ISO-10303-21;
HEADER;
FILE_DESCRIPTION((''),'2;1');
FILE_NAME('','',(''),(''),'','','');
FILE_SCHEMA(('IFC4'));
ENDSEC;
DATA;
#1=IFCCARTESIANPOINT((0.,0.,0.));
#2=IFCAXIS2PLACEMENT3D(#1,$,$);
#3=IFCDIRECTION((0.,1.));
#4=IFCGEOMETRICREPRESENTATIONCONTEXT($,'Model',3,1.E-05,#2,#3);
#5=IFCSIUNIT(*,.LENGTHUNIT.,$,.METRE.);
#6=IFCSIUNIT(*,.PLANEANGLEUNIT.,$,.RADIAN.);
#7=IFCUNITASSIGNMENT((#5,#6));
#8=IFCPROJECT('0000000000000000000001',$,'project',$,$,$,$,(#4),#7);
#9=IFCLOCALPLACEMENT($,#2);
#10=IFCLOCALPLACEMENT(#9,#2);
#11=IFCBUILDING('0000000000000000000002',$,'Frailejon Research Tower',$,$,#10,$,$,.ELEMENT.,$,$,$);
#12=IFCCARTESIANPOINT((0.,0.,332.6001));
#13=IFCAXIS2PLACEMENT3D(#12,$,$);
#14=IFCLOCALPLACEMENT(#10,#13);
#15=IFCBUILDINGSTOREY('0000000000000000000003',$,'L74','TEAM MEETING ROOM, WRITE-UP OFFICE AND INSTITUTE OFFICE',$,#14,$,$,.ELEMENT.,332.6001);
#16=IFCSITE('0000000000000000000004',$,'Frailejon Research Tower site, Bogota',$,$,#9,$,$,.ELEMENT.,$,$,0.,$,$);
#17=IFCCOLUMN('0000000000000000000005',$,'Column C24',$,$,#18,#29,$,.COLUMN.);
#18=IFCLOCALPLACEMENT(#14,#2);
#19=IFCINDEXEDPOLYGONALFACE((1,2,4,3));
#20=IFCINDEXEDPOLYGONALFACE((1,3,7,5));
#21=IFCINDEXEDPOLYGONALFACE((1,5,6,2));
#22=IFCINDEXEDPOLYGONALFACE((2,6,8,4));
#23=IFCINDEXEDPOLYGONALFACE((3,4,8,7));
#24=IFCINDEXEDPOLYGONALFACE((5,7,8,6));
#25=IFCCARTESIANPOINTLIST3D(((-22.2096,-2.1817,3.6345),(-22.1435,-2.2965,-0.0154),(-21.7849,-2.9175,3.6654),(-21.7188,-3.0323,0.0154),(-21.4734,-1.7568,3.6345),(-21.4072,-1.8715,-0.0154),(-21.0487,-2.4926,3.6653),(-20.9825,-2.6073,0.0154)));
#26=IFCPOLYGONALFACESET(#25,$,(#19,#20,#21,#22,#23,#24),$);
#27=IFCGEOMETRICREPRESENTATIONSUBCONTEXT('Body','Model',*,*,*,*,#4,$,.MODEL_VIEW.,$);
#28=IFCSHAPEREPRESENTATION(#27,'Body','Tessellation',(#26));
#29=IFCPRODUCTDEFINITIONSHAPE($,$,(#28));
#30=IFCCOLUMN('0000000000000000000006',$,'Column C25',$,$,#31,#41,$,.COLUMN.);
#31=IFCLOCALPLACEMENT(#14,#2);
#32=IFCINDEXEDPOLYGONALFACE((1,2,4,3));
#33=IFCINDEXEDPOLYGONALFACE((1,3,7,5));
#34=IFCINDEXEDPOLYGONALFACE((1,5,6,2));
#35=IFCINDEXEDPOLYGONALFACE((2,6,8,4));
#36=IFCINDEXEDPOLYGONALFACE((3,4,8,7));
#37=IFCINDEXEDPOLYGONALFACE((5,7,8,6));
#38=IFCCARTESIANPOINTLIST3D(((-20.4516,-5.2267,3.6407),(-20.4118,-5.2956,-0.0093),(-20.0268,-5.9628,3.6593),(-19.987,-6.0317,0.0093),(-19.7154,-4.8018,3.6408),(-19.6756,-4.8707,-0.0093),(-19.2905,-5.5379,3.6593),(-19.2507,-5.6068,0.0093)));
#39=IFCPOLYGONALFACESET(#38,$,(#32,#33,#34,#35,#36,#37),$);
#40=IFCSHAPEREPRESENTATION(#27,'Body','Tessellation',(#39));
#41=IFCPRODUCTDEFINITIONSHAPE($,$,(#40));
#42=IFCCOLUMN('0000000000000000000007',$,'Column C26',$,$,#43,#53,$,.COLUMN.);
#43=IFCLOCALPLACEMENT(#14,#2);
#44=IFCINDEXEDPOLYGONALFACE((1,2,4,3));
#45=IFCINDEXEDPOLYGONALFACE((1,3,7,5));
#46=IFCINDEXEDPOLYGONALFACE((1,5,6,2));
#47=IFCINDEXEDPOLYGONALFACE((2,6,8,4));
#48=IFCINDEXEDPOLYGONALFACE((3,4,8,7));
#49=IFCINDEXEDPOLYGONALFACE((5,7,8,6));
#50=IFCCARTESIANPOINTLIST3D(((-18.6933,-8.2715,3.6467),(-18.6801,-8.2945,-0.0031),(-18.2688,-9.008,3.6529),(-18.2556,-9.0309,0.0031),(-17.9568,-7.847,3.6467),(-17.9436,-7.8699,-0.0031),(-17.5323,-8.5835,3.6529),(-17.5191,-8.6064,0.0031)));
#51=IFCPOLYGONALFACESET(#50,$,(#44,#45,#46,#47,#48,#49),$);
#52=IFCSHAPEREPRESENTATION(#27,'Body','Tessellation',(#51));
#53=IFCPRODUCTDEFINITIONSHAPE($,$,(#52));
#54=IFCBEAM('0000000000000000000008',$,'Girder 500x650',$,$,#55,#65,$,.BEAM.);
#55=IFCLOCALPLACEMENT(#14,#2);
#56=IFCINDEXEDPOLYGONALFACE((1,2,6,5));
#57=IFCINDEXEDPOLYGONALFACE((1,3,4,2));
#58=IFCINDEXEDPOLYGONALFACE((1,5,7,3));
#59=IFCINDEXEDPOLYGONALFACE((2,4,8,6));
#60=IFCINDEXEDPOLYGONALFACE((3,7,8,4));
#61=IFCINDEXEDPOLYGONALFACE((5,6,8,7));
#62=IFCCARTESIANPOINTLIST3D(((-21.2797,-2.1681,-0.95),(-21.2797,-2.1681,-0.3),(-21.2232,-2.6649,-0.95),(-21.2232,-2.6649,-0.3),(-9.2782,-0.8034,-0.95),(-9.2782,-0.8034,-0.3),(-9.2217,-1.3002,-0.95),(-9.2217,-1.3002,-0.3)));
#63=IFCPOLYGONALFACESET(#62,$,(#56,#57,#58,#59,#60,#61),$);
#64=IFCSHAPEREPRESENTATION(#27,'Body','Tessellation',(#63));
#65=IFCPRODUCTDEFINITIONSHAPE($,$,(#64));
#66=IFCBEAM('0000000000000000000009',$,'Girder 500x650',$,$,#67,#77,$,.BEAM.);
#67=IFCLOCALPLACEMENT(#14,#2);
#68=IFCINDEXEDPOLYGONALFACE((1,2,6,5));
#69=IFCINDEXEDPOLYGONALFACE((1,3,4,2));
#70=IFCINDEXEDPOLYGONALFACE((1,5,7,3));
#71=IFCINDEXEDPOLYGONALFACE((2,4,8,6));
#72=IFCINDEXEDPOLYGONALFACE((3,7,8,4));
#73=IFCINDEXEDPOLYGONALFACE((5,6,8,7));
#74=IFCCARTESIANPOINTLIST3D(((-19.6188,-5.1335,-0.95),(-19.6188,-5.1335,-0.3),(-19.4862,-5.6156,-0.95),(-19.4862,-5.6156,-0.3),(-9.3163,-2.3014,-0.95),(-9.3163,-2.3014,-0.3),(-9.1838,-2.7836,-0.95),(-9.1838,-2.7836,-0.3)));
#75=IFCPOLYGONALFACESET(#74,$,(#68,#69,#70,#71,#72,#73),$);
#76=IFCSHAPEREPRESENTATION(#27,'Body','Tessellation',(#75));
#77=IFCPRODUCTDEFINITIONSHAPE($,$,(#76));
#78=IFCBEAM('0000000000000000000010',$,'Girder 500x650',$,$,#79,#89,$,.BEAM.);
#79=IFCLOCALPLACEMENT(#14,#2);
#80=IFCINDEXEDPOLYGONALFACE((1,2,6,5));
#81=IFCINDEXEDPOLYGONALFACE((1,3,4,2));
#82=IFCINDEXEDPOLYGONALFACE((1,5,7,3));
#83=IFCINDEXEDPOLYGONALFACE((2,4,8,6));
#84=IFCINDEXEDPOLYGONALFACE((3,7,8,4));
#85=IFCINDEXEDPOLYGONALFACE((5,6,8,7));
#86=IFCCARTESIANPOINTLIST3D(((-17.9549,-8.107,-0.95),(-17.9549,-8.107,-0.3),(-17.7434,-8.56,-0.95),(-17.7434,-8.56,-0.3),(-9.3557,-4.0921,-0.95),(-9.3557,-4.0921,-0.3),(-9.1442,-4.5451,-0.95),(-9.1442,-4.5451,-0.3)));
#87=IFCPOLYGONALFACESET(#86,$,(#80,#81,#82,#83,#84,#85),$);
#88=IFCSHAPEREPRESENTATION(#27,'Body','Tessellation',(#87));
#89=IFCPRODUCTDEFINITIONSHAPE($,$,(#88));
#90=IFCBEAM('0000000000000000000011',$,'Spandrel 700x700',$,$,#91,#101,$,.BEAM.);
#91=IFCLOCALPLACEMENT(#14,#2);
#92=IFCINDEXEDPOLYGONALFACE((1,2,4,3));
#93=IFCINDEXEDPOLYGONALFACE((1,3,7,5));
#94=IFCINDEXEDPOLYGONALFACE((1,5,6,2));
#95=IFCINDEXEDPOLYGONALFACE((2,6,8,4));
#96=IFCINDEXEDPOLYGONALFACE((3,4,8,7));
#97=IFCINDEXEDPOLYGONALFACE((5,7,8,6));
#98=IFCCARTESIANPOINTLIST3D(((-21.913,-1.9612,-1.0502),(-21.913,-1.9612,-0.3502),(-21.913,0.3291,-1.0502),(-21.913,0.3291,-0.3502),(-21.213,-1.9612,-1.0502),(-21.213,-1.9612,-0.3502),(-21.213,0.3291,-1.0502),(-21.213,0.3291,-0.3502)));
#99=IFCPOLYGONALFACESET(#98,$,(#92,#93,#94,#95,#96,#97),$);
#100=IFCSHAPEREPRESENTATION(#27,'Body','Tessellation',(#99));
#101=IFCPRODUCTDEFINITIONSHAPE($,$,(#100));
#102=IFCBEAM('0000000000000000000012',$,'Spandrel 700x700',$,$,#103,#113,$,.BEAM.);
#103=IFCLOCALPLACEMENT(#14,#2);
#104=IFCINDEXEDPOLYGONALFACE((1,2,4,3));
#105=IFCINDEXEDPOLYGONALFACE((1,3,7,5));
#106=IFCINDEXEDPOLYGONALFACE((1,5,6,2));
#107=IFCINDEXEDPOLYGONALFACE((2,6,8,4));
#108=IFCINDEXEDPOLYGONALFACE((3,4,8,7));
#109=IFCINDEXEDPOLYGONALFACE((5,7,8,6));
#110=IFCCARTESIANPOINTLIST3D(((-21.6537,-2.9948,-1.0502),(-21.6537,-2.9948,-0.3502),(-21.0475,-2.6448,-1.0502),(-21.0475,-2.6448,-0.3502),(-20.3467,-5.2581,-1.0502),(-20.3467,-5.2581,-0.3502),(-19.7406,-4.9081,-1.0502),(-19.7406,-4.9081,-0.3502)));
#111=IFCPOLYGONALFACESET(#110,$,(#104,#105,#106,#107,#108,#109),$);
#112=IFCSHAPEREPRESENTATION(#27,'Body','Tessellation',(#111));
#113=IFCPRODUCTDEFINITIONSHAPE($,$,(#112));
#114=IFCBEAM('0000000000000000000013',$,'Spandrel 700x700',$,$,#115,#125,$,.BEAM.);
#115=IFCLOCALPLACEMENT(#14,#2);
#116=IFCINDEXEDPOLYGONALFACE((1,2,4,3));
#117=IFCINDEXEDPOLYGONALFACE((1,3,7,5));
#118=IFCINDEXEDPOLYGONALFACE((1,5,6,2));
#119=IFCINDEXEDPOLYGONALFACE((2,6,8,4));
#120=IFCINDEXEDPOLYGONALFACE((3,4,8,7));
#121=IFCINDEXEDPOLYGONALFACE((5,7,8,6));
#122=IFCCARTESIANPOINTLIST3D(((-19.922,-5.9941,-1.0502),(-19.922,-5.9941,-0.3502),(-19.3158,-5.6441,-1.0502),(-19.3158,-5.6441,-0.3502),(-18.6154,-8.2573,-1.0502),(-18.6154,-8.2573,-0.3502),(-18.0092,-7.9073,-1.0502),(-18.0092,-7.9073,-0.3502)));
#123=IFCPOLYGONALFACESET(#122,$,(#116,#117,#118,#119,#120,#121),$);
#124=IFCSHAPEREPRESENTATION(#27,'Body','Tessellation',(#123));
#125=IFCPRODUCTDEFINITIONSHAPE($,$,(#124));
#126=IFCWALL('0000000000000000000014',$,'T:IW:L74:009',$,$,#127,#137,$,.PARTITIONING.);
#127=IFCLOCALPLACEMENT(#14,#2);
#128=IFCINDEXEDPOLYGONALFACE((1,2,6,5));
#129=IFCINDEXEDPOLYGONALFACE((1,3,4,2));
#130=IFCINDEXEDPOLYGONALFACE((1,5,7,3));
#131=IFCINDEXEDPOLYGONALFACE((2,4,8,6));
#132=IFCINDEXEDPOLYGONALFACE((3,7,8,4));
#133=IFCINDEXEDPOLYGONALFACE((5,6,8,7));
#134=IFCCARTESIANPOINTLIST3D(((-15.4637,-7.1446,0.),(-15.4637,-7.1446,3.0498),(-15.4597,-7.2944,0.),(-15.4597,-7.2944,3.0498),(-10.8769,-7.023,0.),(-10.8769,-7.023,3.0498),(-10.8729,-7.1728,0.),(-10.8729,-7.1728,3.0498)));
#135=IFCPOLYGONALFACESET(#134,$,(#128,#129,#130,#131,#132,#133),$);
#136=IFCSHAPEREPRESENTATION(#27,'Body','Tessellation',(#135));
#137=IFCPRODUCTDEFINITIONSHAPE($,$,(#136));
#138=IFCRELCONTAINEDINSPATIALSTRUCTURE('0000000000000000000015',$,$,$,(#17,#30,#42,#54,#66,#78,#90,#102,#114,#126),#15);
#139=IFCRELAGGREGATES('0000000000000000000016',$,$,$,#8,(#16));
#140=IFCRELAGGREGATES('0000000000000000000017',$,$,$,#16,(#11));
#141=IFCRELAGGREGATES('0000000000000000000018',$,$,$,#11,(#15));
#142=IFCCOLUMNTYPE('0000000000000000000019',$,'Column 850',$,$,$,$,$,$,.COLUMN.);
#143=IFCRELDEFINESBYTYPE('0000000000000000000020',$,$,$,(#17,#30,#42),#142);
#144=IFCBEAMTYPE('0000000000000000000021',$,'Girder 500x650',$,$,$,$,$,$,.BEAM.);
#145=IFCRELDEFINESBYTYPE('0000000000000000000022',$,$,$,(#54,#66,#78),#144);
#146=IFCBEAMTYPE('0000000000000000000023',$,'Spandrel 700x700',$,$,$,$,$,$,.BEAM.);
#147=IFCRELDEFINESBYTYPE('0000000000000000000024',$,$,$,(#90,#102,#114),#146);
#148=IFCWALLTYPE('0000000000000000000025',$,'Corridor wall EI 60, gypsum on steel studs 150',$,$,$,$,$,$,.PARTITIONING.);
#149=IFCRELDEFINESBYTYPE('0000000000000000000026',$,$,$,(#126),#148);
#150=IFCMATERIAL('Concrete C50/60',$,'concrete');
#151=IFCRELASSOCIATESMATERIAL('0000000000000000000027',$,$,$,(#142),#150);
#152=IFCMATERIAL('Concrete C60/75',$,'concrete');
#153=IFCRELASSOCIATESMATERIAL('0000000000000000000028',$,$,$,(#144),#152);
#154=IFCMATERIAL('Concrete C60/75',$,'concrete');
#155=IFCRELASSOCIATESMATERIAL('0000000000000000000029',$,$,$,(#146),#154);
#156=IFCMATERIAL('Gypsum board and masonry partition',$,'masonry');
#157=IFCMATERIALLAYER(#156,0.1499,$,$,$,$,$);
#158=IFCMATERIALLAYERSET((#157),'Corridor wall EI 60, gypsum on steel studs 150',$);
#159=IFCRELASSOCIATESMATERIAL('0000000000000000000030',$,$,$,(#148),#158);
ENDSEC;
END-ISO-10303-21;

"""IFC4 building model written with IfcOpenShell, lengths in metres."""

from ifc_helpers import new_model, si_unit, direction, frame, frame_2d, origin, origin_2d, place, context, subcontext, project, spatial, rectangle, extrude, material, layer, layer_set, material_profile, profile_set, type_object, element, save


model = new_model("IFC4")

# Units and contexts
model_context = context("Model", 3, precision=1e-05, world=origin(), true_north=direction((0.0, 1.0)))
body_context = subcontext(model_context, "Body", "Model", "MODEL_VIEW")
ifc_project = project(units=[si_unit("LENGTHUNIT", "METRE"), si_unit("PLANEANGLEUNIT", "RADIAN")], contexts=[model_context])

# Site, building, storey
site_placement = place(None, origin())
site = spatial("IfcSite", under=ifc_project, at=site_placement, Name="Frailejon Research Tower site, Bogota", CompositionType="ELEMENT", RefElevation=0.0)
building_placement = place(site_placement, origin())
building = spatial("IfcBuilding", under=site, at=building_placement, Name="Frailejon Research Tower", CompositionType="ELEMENT")
storey_placement = place(building_placement, frame((0.0, 0.0, 332.6001)))
storey = spatial("IfcBuildingStorey", under=building, at=storey_placement, Name="L74", Description="TEAM MEETING ROOM, WRITE-UP OFFICE AND INSTITUTE OFFICE", CompositionType="ELEMENT", Elevation=332.6001)

# Columns
ifc_material_1 = material(Name="Concrete C50/60", Category="concrete")
ifc_material_profile_1 = material_profile(ifc_material_1, rectangle(XDim=0.8501, YDim=0.8501, at=origin_2d()), Name="Column 850")
ifc_profile_set_1 = profile_set([ifc_material_profile_1], Name="Concrete C50/60")
column_type = type_object("IfcColumnType", Name="Column 850", PredefinedType="COLUMN", material=ifc_profile_set_1)
column_1_placement = place(storey_placement, frame((-21.563, -2.4519, 0.0), z_axis=(-0.018115, 0.031417, 0.999342), x_axis=(0.499559, -0.86552, 0.036266)))
element("IfcColumn", 1, at=column_1_placement, inside=storey, type_object=column_type, Name="Column C24", PredefinedType="COLUMN", context=body_context, shape_type="SweptSolid", body=[
    extrude(rectangle(XDim=0.8501, YDim=0.8501, at=origin_2d()), origin(), (0.0, 0.0, 1.0), 3.6523),
])
column_2_placement = place(storey_placement, frame((-19.8313, -5.4512, 0.0), z_axis=(-0.0109, 0.018858, 0.999763), x_axis=(0.499729, -0.865908, 0.021782)))
element("IfcColumn", 2, at=column_2_placement, inside=storey, type_object=column_type, Name="Column C25", PredefinedType="COLUMN", context=body_context, shape_type="SweptSolid", body=[
    extrude(rectangle(XDim=0.8501, YDim=0.8501, at=origin_2d()), origin(), (0.0, 0.0, 1.0), 3.6509),
])
column_3_placement = place(storey_placement, frame((-18.0996, -8.4504, 0.0), z_axis=(-0.003612, 0.006287, 0.999974), x_axis=(0.499382, -0.866352, 0.007251)))
element("IfcColumn", 3, at=column_3_placement, inside=storey, type_object=column_type, Name="Column C26", PredefinedType="COLUMN", context=body_context, shape_type="SweptSolid", body=[
    extrude(rectangle(XDim=0.8501, YDim=0.8501, at=origin_2d()), origin(), (0.0, 0.0, 1.0), 3.6499),
])

# Beams
ifc_material_2 = material(Name="Concrete C60/75", Category="concrete")
ifc_material_profile_2 = material_profile(ifc_material_2, rectangle(XDim=0.5, YDim=0.6499, at=origin_2d()), Name="Girder 500x650")
ifc_profile_set_2 = profile_set([ifc_material_profile_2], Name="Concrete C60/75")
beam_type_1 = type_object("IfcBeamType", Name="Girder 500x650", PredefinedType="BEAM", material=ifc_profile_set_2)
beam_1_placement = place(storey_placement, frame((-21.2515, -2.4165, -0.625), z_axis=(0.993596, 0.112987, 0.0), x_axis=(-0.112987, 0.993596, 0.0)))
element("IfcBeam", 4, at=beam_1_placement, inside=storey, type_object=beam_type_1, Name="Girder 500x650", PredefinedType="BEAM", context=body_context, shape_type="SweptSolid", body=[
    extrude(rectangle(XDim=0.5, YDim=0.6499, at=origin_2d()), origin(), (0.0, 0.0, 1.0), 12.0789),
])
beam_2_placement = place(storey_placement, frame((-19.5525, -5.3745, -0.625), z_axis=(0.964233, 0.265056, 0.0), x_axis=(-0.265056, 0.964233, 0.0)))
element("IfcBeam", 5, at=beam_2_placement, inside=storey, type_object=beam_type_1, Name="Girder 500x650", PredefinedType="BEAM", context=body_context, shape_type="SweptSolid", body=[
    extrude(rectangle(XDim=0.5, YDim=0.6499, at=origin_2d()), origin(), (0.0, 0.0, 1.0), 10.6846),
])
beam_3_placement = place(storey_placement, frame((-17.8491, -8.3335, -0.625), z_axis=(0.906104, 0.423056, 0.0), x_axis=(-0.423056, 0.906104, 0.0)))
element("IfcBeam", 6, at=beam_3_placement, inside=storey, type_object=beam_type_1, Name="Girder 500x650", PredefinedType="BEAM", context=body_context, shape_type="SweptSolid", body=[
    extrude(rectangle(XDim=0.5, YDim=0.6499, at=origin_2d()), origin(), (0.0, 0.0, 1.0), 9.4902),
])
ifc_material_3 = material(Name="Concrete C60/75", Category="concrete")
ifc_material_profile_3 = material_profile(ifc_material_3, rectangle(XDim=0.7, YDim=0.7, at=origin_2d()), Name="Spandrel 700x700")
ifc_profile_set_3 = profile_set([ifc_material_profile_3], Name="Concrete C60/75")
beam_type_2 = type_object("IfcBeamType", Name="Spandrel 700x700", PredefinedType="BEAM", material=ifc_profile_set_3)
beam_4_placement = place(storey_placement, frame((-21.563, 0.3291, -0.7002), z_axis=(0.0, -1.0, 0.0), x_axis=(1.0, 0.0, 0.0)))
element("IfcBeam", 7, at=beam_4_placement, inside=storey, type_object=beam_type_2, Name="Spandrel 700x700", PredefinedType="BEAM", context=body_context, shape_type="SweptSolid", body=[
    extrude(rectangle(XDim=0.7, YDim=0.7, at=origin_2d()), origin(), (0.0, 0.0, 1.0), 2.2903),
])
beam_5_placement = place(storey_placement, frame((-21.3506, -2.8198, -0.7002), z_axis=(0.500067, -0.865986, 0.0), x_axis=(0.865986, 0.500067, 0.0)))
element("IfcBeam", 8, at=beam_5_placement, inside=storey, type_object=beam_type_2, Name="Spandrel 700x700", PredefinedType="BEAM", context=body_context, shape_type="SweptSolid", body=[
    extrude(rectangle(XDim=0.7, YDim=0.7, at=origin_2d()), origin(), (0.0, 0.0, 1.0), 2.6135),
])
beam_6_placement = place(storey_placement, frame((-19.6189, -5.8191, -0.7002), z_axis=(0.499997, -0.866027, 0.0), x_axis=(0.866027, 0.499997, 0.0)))
element("IfcBeam", 9, at=beam_6_placement, inside=storey, type_object=beam_type_2, Name="Spandrel 700x700", PredefinedType="BEAM", context=body_context, shape_type="SweptSolid", body=[
    extrude(rectangle(XDim=0.7, YDim=0.7, at=origin_2d()), origin(), (0.0, 0.0, 1.0), 2.6133),
])

# Wall
ifc_material_4 = material(Name="Gypsum board and masonry partition", Category="masonry")
ifc_layer_1 = layer(ifc_material_4, 0.1499)
ifc_layer_set_1 = layer_set([ifc_layer_1], Name="Corridor wall EI 60, gypsum on steel studs 150")
wall_type_1 = type_object("IfcWallType", Name="Corridor wall EI 60, gypsum on steel studs 150", PredefinedType="PARTITIONING", material=ifc_layer_set_1)
wall_1_placement = place(storey_placement, frame((-15.4617, -7.2195, 0.0), z_axis=(0.0, 0.0, 1.0), x_axis=(0.999649, 0.026498, 0.0)))
element("IfcWall", 10, at=wall_1_placement, inside=storey, type_object=wall_type_1, Name="T:IW:L74:009", PredefinedType="PARTITIONING", context=body_context, shape_type="SweptSolid", body=[
    extrude(rectangle(XDim=4.5884, YDim=0.1499, at=frame_2d((2.2942, 0.0))), origin(), (0.0, 0.0, 1.0), 3.0498),
])

save(model, "model.ifc")
